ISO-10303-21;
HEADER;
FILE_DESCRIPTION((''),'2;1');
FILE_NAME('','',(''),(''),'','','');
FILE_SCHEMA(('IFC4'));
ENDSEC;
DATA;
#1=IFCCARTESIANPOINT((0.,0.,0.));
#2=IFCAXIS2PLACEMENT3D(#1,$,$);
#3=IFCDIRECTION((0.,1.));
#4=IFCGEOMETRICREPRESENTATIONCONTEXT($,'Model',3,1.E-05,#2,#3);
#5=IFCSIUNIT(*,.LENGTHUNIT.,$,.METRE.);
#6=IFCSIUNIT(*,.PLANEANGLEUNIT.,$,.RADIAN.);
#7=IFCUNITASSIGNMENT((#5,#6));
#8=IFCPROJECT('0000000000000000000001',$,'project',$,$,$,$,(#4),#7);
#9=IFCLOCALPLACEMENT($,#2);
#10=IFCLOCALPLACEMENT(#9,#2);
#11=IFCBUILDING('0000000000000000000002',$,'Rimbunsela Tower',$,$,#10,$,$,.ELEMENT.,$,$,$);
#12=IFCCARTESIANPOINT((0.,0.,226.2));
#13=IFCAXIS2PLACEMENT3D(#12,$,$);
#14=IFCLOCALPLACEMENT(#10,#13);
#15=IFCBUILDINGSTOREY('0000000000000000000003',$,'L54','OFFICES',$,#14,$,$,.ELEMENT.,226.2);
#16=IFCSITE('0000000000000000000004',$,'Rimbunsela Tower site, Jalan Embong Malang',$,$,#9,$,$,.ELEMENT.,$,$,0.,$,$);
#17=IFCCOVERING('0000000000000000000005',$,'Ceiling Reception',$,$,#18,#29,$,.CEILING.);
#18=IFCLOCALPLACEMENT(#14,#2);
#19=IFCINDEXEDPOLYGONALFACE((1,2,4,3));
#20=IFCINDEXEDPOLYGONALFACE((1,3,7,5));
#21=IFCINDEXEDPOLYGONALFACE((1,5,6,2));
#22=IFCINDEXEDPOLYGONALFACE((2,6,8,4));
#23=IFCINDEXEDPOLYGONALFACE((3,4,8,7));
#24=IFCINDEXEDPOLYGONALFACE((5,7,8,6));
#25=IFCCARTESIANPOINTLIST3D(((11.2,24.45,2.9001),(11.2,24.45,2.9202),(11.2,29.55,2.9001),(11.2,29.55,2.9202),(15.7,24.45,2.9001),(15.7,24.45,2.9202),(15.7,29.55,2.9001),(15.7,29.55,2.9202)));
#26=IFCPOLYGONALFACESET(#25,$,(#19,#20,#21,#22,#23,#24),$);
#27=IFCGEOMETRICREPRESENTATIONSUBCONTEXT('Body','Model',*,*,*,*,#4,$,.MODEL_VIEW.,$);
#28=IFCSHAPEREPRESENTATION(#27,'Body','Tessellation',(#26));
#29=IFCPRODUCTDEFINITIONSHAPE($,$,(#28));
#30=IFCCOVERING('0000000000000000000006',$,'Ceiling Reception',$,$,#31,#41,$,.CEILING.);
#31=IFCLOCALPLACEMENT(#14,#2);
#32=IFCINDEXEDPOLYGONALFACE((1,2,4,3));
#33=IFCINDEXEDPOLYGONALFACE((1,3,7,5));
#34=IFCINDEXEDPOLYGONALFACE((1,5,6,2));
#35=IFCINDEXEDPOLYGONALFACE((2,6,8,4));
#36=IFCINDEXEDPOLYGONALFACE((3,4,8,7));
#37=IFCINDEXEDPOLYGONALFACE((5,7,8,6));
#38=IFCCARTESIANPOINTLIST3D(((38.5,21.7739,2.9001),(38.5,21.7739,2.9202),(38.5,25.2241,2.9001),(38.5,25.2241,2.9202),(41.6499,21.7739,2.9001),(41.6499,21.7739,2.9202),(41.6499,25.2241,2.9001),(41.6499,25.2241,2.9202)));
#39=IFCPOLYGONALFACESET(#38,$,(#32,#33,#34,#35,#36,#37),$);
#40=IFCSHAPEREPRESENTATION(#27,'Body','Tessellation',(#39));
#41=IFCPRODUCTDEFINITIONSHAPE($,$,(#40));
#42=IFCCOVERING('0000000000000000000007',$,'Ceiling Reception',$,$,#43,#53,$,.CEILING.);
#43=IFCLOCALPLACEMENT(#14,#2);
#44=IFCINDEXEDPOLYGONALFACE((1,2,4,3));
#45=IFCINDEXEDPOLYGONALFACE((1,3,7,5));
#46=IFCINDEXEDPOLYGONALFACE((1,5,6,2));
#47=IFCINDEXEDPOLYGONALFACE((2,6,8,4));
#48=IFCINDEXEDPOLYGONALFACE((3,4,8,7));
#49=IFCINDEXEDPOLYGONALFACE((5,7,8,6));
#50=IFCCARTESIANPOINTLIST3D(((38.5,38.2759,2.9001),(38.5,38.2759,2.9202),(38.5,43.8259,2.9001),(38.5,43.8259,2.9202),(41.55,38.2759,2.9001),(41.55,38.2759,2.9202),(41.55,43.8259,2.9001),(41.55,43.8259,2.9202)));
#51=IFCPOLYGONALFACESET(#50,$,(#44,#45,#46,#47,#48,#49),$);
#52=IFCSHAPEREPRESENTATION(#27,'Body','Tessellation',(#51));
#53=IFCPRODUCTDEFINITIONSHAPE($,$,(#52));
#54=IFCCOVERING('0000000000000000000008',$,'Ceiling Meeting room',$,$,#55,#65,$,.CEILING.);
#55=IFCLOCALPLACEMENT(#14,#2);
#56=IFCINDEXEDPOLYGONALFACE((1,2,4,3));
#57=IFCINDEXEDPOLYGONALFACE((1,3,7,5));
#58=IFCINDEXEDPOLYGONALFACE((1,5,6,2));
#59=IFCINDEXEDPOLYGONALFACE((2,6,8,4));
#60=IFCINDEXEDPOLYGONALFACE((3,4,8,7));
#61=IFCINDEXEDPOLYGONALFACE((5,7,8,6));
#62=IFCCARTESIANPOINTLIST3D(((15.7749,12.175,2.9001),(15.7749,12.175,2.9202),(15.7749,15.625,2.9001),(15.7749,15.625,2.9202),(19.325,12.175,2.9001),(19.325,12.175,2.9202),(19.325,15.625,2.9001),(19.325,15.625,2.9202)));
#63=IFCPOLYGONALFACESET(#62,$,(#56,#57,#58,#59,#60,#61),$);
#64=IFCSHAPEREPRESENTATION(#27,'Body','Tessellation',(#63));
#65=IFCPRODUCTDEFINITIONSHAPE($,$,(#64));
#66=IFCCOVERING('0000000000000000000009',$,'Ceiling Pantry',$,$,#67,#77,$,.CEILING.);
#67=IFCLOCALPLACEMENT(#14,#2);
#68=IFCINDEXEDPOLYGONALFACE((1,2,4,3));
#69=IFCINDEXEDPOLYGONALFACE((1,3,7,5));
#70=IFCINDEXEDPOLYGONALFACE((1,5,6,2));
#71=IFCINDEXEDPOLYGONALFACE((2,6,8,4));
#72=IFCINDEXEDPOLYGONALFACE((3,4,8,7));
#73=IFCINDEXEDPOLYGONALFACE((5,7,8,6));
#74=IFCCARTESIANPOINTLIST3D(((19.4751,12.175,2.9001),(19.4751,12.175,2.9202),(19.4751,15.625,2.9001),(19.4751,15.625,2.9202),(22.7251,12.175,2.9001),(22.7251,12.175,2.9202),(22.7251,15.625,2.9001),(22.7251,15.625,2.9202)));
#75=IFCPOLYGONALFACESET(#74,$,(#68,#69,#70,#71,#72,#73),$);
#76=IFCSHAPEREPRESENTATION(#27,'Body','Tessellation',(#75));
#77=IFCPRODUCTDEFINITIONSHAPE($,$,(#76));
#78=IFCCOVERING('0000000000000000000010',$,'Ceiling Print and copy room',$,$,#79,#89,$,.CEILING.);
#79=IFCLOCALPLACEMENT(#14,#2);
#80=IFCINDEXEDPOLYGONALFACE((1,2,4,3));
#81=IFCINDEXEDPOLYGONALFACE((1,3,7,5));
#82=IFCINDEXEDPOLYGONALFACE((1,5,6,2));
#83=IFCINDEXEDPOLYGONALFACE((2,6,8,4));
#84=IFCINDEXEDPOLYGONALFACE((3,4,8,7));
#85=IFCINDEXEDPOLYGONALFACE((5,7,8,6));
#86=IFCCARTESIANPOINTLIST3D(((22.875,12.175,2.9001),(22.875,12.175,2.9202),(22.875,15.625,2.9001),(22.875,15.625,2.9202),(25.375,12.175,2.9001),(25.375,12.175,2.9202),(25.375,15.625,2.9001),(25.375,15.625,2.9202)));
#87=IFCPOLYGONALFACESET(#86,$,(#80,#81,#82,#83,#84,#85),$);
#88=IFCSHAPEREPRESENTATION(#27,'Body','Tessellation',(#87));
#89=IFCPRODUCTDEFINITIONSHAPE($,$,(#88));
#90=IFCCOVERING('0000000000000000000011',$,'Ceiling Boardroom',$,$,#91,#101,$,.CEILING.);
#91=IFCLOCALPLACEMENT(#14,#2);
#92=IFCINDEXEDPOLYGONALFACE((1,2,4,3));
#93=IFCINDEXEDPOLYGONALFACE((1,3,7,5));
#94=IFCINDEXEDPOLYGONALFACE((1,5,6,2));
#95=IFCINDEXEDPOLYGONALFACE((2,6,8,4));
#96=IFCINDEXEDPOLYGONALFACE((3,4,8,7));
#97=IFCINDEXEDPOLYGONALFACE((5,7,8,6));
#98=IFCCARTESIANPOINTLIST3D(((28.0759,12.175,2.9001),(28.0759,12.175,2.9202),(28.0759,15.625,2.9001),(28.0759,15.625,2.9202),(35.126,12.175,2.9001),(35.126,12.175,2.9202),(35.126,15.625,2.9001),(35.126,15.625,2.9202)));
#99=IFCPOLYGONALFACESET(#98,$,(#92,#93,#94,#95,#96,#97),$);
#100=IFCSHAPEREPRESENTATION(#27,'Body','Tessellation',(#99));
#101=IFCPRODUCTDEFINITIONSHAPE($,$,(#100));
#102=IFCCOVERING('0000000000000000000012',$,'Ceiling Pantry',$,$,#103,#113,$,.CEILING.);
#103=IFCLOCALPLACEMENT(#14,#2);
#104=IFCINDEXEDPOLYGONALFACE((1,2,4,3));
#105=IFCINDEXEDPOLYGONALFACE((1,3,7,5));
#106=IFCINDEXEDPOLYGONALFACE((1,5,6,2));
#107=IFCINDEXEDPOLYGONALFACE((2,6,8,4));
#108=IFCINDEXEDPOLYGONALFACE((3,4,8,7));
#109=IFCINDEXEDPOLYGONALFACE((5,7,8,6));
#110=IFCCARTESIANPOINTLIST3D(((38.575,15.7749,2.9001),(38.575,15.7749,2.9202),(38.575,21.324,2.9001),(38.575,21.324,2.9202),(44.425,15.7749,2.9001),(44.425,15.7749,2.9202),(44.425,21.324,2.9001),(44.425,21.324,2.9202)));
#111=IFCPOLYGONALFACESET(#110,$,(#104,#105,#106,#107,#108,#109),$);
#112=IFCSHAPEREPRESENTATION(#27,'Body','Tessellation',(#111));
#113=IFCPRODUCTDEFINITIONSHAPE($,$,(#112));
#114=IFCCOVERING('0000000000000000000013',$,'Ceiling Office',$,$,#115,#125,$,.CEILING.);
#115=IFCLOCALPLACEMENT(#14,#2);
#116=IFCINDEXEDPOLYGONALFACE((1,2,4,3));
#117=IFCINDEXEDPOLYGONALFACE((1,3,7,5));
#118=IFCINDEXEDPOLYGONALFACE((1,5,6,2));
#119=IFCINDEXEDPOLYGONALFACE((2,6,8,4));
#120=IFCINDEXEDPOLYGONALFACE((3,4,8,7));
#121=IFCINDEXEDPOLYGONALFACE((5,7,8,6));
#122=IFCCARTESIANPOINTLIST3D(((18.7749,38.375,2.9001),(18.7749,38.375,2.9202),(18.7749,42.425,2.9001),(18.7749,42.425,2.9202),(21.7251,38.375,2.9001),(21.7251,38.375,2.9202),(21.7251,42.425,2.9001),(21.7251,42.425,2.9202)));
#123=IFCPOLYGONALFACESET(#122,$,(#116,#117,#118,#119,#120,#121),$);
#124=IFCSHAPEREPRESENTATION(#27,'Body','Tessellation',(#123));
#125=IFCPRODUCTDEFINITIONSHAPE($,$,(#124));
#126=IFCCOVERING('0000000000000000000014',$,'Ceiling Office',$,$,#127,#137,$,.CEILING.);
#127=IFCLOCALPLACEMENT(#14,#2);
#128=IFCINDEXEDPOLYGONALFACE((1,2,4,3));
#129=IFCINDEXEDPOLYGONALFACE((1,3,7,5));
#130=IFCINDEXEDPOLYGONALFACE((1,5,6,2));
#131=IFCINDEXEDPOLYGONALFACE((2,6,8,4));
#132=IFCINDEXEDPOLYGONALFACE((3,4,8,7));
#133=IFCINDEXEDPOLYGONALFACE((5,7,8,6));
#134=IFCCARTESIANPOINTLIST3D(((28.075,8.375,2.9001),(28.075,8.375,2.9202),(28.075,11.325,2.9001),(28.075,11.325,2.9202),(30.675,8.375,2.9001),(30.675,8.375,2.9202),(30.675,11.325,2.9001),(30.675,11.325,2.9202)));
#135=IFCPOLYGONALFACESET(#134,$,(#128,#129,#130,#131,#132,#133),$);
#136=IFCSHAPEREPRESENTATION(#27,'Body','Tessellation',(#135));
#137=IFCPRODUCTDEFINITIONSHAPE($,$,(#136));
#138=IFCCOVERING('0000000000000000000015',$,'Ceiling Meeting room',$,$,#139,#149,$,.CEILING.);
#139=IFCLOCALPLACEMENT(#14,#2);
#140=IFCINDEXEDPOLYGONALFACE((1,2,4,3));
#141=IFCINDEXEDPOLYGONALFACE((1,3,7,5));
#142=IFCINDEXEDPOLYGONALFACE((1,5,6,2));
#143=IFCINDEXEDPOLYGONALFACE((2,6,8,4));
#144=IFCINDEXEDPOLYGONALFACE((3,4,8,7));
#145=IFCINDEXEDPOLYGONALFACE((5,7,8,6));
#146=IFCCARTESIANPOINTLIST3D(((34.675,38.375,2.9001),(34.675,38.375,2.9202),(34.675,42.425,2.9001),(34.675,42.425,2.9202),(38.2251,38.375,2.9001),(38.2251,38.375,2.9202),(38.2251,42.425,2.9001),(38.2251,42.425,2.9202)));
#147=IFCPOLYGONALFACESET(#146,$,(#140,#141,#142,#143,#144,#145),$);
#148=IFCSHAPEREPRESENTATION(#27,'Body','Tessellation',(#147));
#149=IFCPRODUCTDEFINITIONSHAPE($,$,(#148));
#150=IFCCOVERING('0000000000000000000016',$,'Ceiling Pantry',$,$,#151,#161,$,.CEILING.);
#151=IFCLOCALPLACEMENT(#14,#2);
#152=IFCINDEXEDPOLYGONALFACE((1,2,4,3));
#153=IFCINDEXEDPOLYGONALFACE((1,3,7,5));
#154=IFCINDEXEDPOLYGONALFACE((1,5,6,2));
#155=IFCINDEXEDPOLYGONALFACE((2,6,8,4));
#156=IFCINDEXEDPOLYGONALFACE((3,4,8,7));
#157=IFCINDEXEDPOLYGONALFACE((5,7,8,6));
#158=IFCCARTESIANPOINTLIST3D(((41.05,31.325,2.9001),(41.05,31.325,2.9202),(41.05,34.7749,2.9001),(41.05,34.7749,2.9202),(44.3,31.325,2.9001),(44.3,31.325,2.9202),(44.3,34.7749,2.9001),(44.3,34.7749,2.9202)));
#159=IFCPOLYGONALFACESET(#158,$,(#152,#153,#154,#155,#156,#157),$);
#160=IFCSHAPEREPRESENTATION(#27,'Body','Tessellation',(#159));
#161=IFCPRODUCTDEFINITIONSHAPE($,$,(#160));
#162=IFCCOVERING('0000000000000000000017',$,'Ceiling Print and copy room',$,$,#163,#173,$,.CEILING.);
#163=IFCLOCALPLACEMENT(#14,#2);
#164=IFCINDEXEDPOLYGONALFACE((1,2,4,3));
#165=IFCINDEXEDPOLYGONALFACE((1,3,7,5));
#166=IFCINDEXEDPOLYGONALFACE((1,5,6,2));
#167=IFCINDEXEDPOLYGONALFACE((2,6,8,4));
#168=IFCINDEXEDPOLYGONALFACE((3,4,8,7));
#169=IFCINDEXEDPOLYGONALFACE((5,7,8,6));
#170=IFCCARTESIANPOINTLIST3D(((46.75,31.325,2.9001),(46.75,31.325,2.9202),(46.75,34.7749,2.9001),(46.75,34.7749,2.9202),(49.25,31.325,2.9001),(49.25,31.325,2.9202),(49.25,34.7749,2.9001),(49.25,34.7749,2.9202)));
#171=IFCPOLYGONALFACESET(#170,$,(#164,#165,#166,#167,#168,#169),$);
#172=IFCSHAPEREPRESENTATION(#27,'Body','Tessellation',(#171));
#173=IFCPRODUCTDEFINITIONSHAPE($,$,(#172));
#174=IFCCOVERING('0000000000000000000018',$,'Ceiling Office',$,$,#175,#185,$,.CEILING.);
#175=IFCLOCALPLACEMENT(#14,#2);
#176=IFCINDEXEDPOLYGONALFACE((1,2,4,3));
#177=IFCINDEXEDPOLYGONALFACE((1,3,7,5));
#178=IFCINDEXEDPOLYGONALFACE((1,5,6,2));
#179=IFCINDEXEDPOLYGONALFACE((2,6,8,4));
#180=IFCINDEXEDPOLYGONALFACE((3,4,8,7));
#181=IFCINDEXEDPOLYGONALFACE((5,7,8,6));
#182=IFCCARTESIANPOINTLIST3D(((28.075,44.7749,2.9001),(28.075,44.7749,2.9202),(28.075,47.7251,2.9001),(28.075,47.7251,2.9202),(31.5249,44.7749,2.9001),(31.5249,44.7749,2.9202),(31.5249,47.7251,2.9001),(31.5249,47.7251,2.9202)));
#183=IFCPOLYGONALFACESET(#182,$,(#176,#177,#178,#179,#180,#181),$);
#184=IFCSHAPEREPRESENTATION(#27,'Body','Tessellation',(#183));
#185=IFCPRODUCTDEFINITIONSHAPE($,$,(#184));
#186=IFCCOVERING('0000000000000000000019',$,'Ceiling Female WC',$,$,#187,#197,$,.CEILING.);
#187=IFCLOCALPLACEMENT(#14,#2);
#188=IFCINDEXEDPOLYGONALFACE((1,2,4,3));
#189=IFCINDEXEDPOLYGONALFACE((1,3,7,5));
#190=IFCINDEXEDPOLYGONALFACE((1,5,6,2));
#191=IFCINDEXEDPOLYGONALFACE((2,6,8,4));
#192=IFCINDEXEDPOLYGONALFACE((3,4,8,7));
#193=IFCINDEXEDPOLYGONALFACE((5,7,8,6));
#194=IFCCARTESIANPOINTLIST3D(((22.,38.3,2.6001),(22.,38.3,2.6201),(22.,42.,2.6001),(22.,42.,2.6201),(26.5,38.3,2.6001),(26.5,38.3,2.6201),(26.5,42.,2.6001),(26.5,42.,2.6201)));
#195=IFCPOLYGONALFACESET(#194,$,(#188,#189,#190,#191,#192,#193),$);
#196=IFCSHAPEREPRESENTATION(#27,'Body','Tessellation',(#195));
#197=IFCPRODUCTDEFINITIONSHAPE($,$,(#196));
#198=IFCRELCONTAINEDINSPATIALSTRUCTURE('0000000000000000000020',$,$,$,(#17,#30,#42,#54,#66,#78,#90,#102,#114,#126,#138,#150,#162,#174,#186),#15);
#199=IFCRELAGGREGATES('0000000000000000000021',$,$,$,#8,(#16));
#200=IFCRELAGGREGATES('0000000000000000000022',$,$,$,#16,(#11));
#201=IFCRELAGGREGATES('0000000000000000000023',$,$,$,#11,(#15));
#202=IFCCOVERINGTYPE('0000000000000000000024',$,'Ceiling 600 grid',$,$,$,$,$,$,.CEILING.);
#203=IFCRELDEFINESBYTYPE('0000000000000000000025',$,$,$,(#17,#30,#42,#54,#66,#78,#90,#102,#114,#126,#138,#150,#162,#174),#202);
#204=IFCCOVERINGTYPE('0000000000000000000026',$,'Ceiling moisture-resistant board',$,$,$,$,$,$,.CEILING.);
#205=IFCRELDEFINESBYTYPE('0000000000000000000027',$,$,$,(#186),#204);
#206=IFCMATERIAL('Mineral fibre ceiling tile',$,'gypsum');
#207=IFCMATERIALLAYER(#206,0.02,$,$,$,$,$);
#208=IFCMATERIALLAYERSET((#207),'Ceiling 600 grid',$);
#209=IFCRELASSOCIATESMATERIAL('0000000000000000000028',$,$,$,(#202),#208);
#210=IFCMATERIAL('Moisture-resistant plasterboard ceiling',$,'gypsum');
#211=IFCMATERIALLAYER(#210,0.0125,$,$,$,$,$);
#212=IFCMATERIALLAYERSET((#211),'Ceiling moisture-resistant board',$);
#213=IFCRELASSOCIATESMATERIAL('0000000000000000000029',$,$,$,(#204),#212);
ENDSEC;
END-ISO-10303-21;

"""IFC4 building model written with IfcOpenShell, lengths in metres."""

from ifc_helpers import new_model, si_unit, direction, frame, origin, place, context, subcontext, project, spatial, polyline, outline, extrude, material, layer, layer_set, type_object, element, save


model = new_model("IFC4")

# Units and contexts
model_context = context("Model", 3, precision=1e-05, world=origin(), true_north=direction((0.0, 1.0)))
body_context = subcontext(model_context, "Body", "Model", "MODEL_VIEW")
ifc_project = project(units=[si_unit("LENGTHUNIT", "METRE"), si_unit("PLANEANGLEUNIT", "RADIAN")], contexts=[model_context])

# Site, building, storey
site_placement = place(None, origin())
site = spatial("IfcSite", under=ifc_project, at=site_placement, Name="Rimbunsela Tower site, Jalan Embong Malang", CompositionType="ELEMENT", RefElevation=0.0)
building_placement = place(site_placement, origin())
building = spatial("IfcBuilding", under=site, at=building_placement, Name="Rimbunsela Tower", CompositionType="ELEMENT")
storey_placement = place(building_placement, frame((0.0, 0.0, 226.2)))
storey = spatial("IfcBuildingStorey", under=building, at=storey_placement, Name="L54", Description="OFFICES", CompositionType="ELEMENT", Elevation=226.2)

# Coverings
ifc_material_1 = material(Name="Mineral fibre ceiling tile", Category="gypsum")
ifc_layer_1 = layer(ifc_material_1, 0.02)
ifc_layer_set_1 = layer_set([ifc_layer_1], Name="Ceiling 600 grid")
covering_type_1 = type_object("IfcCoveringType", Name="Ceiling 600 grid", PredefinedType="CEILING", material=ifc_layer_set_1)
covering_1_placement = place(storey_placement, frame((0.0, 0.0, 2.9001)))
element("IfcCovering", 1, at=covering_1_placement, inside=storey, type_object=covering_type_1, Name="Ceiling Reception", PredefinedType="CEILING", context=body_context, shape_type="SweptSolid", body=[
    extrude(outline(polyline([(15.7, 24.45), (15.7, 29.55), (11.2, 29.55), (11.2, 24.45), (15.7, 24.45)])), origin(), (0.0, 0.0, 1.0), 0.02),
])
covering_2_placement = place(storey_placement, frame((0.0, 0.0, 2.9001)))
element("IfcCovering", 2, at=covering_2_placement, inside=storey, type_object=covering_type_1, Name="Ceiling Reception", PredefinedType="CEILING", context=body_context, shape_type="SweptSolid", body=[
    extrude(outline(polyline([(41.6499, 21.7739), (41.6499, 25.2241), (38.5, 25.2241), (38.5, 21.7739), (41.6499, 21.7739)])), origin(), (0.0, 0.0, 1.0), 0.02),
])
covering_3_placement = place(storey_placement, frame((0.0, 0.0, 2.9001)))
element("IfcCovering", 3, at=covering_3_placement, inside=storey, type_object=covering_type_1, Name="Ceiling Reception", PredefinedType="CEILING", context=body_context, shape_type="SweptSolid", body=[
    extrude(outline(polyline([(41.55, 38.2759), (41.55, 43.8259), (38.5, 43.8259), (38.5, 38.2759), (41.55, 38.2759)])), origin(), (0.0, 0.0, 1.0), 0.02),
])
covering_4_placement = place(storey_placement, frame((0.0, 0.0, 2.9001)))
element("IfcCovering", 4, at=covering_4_placement, inside=storey, type_object=covering_type_1, Name="Ceiling Meeting room", PredefinedType="CEILING", context=body_context, shape_type="SweptSolid", body=[
    extrude(outline(polyline([(19.325, 12.175), (19.325, 15.625), (15.7749, 15.625), (15.7749, 12.175), (19.325, 12.175)])), origin(), (0.0, 0.0, 1.0), 0.02),
])
covering_5_placement = place(storey_placement, frame((0.0, 0.0, 2.9001)))
element("IfcCovering", 5, at=covering_5_placement, inside=storey, type_object=covering_type_1, Name="Ceiling Pantry", PredefinedType="CEILING", context=body_context, shape_type="SweptSolid", body=[
    extrude(outline(polyline([(22.7251, 12.175), (22.7251, 15.625), (19.4751, 15.625), (19.4751, 12.175), (22.7251, 12.175)])), origin(), (0.0, 0.0, 1.0), 0.02),
])
covering_6_placement = place(storey_placement, frame((0.0, 0.0, 2.9001)))
element("IfcCovering", 6, at=covering_6_placement, inside=storey, type_object=covering_type_1, Name="Ceiling Print and copy room", PredefinedType="CEILING", context=body_context, shape_type="SweptSolid", body=[
    extrude(outline(polyline([(25.375, 12.175), (25.375, 15.625), (22.875, 15.625), (22.875, 12.175), (25.375, 12.175)])), origin(), (0.0, 0.0, 1.0), 0.02),
])
covering_7_placement = place(storey_placement, frame((0.0, 0.0, 2.9001)))
element("IfcCovering", 7, at=covering_7_placement, inside=storey, type_object=covering_type_1, Name="Ceiling Boardroom", PredefinedType="CEILING", context=body_context, shape_type="SweptSolid", body=[
    extrude(outline(polyline([(35.126, 12.175), (35.126, 15.625), (28.0759, 15.625), (28.0759, 12.175), (35.126, 12.175)])), origin(), (0.0, 0.0, 1.0), 0.02),
])
covering_8_placement = place(storey_placement, frame((0.0, 0.0, 2.9001)))
element("IfcCovering", 8, at=covering_8_placement, inside=storey, type_object=covering_type_1, Name="Ceiling Pantry", PredefinedType="CEILING", context=body_context, shape_type="SweptSolid", body=[
    extrude(outline(polyline([(44.425, 15.7749), (44.425, 21.324), (38.575, 21.324), (38.575, 15.7749), (44.425, 15.7749)])), origin(), (0.0, 0.0, 1.0), 0.02),
])
covering_9_placement = place(storey_placement, frame((0.0, 0.0, 2.9001)))
element("IfcCovering", 9, at=covering_9_placement, inside=storey, type_object=covering_type_1, Name="Ceiling Office", PredefinedType="CEILING", context=body_context, shape_type="SweptSolid", body=[
    extrude(outline(polyline([(21.7251, 38.375), (21.7251, 42.425), (18.7749, 42.425), (18.7749, 38.375), (21.7251, 38.375)])), origin(), (0.0, 0.0, 1.0), 0.02),
])
covering_10_placement = place(storey_placement, frame((0.0, 0.0, 2.9001)))
element("IfcCovering", 10, at=covering_10_placement, inside=storey, type_object=covering_type_1, Name="Ceiling Office", PredefinedType="CEILING", context=body_context, shape_type="SweptSolid", body=[
    extrude(outline(polyline([(30.675, 8.375), (30.675, 11.325), (28.075, 11.325), (28.075, 8.375), (30.675, 8.375)])), origin(), (0.0, 0.0, 1.0), 0.02),
])
covering_11_placement = place(storey_placement, frame((0.0, 0.0, 2.9001)))
element("IfcCovering", 11, at=covering_11_placement, inside=storey, type_object=covering_type_1, Name="Ceiling Meeting room", PredefinedType="CEILING", context=body_context, shape_type="SweptSolid", body=[
    extrude(outline(polyline([(38.2251, 38.375), (38.2251, 42.425), (34.675, 42.425), (34.675, 38.375), (38.2251, 38.375)])), origin(), (0.0, 0.0, 1.0), 0.02),
])
covering_12_placement = place(storey_placement, frame((0.0, 0.0, 2.9001)))
element("IfcCovering", 12, at=covering_12_placement, inside=storey, type_object=covering_type_1, Name="Ceiling Pantry", PredefinedType="CEILING", context=body_context, shape_type="SweptSolid", body=[
    extrude(outline(polyline([(44.3, 31.325), (44.3, 34.7749), (41.05, 34.7749), (41.05, 31.325), (44.3, 31.325)])), origin(), (0.0, 0.0, 1.0), 0.02),
])
covering_13_placement = place(storey_placement, frame((0.0, 0.0, 2.9001)))
element("IfcCovering", 13, at=covering_13_placement, inside=storey, type_object=covering_type_1, Name="Ceiling Print and copy room", PredefinedType="CEILING", context=body_context, shape_type="SweptSolid", body=[
    extrude(outline(polyline([(49.25, 31.325), (49.25, 34.7749), (46.75, 34.7749), (46.75, 31.325), (49.25, 31.325)])), origin(), (0.0, 0.0, 1.0), 0.02),
])
covering_14_placement = place(storey_placement, frame((0.0, 0.0, 2.9001)))
element("IfcCovering", 14, at=covering_14_placement, inside=storey, type_object=covering_type_1, Name="Ceiling Office", PredefinedType="CEILING", context=body_context, shape_type="SweptSolid", body=[
    extrude(outline(polyline([(31.5249, 44.7749), (31.5249, 47.7251), (28.075, 47.7251), (28.075, 44.7749), (31.5249, 44.7749)])), origin(), (0.0, 0.0, 1.0), 0.02),
])
ifc_material_2 = material(Name="Moisture-resistant plasterboard ceiling", Category="gypsum")
ifc_layer_2 = layer(ifc_material_2, 0.0125)
ifc_layer_set_2 = layer_set([ifc_layer_2], Name="Ceiling moisture-resistant board")
covering_type_2 = type_object("IfcCoveringType", Name="Ceiling moisture-resistant board", PredefinedType="CEILING", material=ifc_layer_set_2)
covering_15_placement = place(storey_placement, frame((0.0, 0.0, 2.6001)))
element("IfcCovering", 15, at=covering_15_placement, inside=storey, type_object=covering_type_2, Name="Ceiling Female WC", PredefinedType="CEILING", context=body_context, shape_type="SweptSolid", body=[
    extrude(outline(polyline([(26.5, 38.3), (26.5, 42.0), (22.0, 42.0), (22.0, 38.3), (26.5, 38.3)])), origin(), (0.0, 0.0, 1.0), 0.02),
])

save(model, "model.ifc")
